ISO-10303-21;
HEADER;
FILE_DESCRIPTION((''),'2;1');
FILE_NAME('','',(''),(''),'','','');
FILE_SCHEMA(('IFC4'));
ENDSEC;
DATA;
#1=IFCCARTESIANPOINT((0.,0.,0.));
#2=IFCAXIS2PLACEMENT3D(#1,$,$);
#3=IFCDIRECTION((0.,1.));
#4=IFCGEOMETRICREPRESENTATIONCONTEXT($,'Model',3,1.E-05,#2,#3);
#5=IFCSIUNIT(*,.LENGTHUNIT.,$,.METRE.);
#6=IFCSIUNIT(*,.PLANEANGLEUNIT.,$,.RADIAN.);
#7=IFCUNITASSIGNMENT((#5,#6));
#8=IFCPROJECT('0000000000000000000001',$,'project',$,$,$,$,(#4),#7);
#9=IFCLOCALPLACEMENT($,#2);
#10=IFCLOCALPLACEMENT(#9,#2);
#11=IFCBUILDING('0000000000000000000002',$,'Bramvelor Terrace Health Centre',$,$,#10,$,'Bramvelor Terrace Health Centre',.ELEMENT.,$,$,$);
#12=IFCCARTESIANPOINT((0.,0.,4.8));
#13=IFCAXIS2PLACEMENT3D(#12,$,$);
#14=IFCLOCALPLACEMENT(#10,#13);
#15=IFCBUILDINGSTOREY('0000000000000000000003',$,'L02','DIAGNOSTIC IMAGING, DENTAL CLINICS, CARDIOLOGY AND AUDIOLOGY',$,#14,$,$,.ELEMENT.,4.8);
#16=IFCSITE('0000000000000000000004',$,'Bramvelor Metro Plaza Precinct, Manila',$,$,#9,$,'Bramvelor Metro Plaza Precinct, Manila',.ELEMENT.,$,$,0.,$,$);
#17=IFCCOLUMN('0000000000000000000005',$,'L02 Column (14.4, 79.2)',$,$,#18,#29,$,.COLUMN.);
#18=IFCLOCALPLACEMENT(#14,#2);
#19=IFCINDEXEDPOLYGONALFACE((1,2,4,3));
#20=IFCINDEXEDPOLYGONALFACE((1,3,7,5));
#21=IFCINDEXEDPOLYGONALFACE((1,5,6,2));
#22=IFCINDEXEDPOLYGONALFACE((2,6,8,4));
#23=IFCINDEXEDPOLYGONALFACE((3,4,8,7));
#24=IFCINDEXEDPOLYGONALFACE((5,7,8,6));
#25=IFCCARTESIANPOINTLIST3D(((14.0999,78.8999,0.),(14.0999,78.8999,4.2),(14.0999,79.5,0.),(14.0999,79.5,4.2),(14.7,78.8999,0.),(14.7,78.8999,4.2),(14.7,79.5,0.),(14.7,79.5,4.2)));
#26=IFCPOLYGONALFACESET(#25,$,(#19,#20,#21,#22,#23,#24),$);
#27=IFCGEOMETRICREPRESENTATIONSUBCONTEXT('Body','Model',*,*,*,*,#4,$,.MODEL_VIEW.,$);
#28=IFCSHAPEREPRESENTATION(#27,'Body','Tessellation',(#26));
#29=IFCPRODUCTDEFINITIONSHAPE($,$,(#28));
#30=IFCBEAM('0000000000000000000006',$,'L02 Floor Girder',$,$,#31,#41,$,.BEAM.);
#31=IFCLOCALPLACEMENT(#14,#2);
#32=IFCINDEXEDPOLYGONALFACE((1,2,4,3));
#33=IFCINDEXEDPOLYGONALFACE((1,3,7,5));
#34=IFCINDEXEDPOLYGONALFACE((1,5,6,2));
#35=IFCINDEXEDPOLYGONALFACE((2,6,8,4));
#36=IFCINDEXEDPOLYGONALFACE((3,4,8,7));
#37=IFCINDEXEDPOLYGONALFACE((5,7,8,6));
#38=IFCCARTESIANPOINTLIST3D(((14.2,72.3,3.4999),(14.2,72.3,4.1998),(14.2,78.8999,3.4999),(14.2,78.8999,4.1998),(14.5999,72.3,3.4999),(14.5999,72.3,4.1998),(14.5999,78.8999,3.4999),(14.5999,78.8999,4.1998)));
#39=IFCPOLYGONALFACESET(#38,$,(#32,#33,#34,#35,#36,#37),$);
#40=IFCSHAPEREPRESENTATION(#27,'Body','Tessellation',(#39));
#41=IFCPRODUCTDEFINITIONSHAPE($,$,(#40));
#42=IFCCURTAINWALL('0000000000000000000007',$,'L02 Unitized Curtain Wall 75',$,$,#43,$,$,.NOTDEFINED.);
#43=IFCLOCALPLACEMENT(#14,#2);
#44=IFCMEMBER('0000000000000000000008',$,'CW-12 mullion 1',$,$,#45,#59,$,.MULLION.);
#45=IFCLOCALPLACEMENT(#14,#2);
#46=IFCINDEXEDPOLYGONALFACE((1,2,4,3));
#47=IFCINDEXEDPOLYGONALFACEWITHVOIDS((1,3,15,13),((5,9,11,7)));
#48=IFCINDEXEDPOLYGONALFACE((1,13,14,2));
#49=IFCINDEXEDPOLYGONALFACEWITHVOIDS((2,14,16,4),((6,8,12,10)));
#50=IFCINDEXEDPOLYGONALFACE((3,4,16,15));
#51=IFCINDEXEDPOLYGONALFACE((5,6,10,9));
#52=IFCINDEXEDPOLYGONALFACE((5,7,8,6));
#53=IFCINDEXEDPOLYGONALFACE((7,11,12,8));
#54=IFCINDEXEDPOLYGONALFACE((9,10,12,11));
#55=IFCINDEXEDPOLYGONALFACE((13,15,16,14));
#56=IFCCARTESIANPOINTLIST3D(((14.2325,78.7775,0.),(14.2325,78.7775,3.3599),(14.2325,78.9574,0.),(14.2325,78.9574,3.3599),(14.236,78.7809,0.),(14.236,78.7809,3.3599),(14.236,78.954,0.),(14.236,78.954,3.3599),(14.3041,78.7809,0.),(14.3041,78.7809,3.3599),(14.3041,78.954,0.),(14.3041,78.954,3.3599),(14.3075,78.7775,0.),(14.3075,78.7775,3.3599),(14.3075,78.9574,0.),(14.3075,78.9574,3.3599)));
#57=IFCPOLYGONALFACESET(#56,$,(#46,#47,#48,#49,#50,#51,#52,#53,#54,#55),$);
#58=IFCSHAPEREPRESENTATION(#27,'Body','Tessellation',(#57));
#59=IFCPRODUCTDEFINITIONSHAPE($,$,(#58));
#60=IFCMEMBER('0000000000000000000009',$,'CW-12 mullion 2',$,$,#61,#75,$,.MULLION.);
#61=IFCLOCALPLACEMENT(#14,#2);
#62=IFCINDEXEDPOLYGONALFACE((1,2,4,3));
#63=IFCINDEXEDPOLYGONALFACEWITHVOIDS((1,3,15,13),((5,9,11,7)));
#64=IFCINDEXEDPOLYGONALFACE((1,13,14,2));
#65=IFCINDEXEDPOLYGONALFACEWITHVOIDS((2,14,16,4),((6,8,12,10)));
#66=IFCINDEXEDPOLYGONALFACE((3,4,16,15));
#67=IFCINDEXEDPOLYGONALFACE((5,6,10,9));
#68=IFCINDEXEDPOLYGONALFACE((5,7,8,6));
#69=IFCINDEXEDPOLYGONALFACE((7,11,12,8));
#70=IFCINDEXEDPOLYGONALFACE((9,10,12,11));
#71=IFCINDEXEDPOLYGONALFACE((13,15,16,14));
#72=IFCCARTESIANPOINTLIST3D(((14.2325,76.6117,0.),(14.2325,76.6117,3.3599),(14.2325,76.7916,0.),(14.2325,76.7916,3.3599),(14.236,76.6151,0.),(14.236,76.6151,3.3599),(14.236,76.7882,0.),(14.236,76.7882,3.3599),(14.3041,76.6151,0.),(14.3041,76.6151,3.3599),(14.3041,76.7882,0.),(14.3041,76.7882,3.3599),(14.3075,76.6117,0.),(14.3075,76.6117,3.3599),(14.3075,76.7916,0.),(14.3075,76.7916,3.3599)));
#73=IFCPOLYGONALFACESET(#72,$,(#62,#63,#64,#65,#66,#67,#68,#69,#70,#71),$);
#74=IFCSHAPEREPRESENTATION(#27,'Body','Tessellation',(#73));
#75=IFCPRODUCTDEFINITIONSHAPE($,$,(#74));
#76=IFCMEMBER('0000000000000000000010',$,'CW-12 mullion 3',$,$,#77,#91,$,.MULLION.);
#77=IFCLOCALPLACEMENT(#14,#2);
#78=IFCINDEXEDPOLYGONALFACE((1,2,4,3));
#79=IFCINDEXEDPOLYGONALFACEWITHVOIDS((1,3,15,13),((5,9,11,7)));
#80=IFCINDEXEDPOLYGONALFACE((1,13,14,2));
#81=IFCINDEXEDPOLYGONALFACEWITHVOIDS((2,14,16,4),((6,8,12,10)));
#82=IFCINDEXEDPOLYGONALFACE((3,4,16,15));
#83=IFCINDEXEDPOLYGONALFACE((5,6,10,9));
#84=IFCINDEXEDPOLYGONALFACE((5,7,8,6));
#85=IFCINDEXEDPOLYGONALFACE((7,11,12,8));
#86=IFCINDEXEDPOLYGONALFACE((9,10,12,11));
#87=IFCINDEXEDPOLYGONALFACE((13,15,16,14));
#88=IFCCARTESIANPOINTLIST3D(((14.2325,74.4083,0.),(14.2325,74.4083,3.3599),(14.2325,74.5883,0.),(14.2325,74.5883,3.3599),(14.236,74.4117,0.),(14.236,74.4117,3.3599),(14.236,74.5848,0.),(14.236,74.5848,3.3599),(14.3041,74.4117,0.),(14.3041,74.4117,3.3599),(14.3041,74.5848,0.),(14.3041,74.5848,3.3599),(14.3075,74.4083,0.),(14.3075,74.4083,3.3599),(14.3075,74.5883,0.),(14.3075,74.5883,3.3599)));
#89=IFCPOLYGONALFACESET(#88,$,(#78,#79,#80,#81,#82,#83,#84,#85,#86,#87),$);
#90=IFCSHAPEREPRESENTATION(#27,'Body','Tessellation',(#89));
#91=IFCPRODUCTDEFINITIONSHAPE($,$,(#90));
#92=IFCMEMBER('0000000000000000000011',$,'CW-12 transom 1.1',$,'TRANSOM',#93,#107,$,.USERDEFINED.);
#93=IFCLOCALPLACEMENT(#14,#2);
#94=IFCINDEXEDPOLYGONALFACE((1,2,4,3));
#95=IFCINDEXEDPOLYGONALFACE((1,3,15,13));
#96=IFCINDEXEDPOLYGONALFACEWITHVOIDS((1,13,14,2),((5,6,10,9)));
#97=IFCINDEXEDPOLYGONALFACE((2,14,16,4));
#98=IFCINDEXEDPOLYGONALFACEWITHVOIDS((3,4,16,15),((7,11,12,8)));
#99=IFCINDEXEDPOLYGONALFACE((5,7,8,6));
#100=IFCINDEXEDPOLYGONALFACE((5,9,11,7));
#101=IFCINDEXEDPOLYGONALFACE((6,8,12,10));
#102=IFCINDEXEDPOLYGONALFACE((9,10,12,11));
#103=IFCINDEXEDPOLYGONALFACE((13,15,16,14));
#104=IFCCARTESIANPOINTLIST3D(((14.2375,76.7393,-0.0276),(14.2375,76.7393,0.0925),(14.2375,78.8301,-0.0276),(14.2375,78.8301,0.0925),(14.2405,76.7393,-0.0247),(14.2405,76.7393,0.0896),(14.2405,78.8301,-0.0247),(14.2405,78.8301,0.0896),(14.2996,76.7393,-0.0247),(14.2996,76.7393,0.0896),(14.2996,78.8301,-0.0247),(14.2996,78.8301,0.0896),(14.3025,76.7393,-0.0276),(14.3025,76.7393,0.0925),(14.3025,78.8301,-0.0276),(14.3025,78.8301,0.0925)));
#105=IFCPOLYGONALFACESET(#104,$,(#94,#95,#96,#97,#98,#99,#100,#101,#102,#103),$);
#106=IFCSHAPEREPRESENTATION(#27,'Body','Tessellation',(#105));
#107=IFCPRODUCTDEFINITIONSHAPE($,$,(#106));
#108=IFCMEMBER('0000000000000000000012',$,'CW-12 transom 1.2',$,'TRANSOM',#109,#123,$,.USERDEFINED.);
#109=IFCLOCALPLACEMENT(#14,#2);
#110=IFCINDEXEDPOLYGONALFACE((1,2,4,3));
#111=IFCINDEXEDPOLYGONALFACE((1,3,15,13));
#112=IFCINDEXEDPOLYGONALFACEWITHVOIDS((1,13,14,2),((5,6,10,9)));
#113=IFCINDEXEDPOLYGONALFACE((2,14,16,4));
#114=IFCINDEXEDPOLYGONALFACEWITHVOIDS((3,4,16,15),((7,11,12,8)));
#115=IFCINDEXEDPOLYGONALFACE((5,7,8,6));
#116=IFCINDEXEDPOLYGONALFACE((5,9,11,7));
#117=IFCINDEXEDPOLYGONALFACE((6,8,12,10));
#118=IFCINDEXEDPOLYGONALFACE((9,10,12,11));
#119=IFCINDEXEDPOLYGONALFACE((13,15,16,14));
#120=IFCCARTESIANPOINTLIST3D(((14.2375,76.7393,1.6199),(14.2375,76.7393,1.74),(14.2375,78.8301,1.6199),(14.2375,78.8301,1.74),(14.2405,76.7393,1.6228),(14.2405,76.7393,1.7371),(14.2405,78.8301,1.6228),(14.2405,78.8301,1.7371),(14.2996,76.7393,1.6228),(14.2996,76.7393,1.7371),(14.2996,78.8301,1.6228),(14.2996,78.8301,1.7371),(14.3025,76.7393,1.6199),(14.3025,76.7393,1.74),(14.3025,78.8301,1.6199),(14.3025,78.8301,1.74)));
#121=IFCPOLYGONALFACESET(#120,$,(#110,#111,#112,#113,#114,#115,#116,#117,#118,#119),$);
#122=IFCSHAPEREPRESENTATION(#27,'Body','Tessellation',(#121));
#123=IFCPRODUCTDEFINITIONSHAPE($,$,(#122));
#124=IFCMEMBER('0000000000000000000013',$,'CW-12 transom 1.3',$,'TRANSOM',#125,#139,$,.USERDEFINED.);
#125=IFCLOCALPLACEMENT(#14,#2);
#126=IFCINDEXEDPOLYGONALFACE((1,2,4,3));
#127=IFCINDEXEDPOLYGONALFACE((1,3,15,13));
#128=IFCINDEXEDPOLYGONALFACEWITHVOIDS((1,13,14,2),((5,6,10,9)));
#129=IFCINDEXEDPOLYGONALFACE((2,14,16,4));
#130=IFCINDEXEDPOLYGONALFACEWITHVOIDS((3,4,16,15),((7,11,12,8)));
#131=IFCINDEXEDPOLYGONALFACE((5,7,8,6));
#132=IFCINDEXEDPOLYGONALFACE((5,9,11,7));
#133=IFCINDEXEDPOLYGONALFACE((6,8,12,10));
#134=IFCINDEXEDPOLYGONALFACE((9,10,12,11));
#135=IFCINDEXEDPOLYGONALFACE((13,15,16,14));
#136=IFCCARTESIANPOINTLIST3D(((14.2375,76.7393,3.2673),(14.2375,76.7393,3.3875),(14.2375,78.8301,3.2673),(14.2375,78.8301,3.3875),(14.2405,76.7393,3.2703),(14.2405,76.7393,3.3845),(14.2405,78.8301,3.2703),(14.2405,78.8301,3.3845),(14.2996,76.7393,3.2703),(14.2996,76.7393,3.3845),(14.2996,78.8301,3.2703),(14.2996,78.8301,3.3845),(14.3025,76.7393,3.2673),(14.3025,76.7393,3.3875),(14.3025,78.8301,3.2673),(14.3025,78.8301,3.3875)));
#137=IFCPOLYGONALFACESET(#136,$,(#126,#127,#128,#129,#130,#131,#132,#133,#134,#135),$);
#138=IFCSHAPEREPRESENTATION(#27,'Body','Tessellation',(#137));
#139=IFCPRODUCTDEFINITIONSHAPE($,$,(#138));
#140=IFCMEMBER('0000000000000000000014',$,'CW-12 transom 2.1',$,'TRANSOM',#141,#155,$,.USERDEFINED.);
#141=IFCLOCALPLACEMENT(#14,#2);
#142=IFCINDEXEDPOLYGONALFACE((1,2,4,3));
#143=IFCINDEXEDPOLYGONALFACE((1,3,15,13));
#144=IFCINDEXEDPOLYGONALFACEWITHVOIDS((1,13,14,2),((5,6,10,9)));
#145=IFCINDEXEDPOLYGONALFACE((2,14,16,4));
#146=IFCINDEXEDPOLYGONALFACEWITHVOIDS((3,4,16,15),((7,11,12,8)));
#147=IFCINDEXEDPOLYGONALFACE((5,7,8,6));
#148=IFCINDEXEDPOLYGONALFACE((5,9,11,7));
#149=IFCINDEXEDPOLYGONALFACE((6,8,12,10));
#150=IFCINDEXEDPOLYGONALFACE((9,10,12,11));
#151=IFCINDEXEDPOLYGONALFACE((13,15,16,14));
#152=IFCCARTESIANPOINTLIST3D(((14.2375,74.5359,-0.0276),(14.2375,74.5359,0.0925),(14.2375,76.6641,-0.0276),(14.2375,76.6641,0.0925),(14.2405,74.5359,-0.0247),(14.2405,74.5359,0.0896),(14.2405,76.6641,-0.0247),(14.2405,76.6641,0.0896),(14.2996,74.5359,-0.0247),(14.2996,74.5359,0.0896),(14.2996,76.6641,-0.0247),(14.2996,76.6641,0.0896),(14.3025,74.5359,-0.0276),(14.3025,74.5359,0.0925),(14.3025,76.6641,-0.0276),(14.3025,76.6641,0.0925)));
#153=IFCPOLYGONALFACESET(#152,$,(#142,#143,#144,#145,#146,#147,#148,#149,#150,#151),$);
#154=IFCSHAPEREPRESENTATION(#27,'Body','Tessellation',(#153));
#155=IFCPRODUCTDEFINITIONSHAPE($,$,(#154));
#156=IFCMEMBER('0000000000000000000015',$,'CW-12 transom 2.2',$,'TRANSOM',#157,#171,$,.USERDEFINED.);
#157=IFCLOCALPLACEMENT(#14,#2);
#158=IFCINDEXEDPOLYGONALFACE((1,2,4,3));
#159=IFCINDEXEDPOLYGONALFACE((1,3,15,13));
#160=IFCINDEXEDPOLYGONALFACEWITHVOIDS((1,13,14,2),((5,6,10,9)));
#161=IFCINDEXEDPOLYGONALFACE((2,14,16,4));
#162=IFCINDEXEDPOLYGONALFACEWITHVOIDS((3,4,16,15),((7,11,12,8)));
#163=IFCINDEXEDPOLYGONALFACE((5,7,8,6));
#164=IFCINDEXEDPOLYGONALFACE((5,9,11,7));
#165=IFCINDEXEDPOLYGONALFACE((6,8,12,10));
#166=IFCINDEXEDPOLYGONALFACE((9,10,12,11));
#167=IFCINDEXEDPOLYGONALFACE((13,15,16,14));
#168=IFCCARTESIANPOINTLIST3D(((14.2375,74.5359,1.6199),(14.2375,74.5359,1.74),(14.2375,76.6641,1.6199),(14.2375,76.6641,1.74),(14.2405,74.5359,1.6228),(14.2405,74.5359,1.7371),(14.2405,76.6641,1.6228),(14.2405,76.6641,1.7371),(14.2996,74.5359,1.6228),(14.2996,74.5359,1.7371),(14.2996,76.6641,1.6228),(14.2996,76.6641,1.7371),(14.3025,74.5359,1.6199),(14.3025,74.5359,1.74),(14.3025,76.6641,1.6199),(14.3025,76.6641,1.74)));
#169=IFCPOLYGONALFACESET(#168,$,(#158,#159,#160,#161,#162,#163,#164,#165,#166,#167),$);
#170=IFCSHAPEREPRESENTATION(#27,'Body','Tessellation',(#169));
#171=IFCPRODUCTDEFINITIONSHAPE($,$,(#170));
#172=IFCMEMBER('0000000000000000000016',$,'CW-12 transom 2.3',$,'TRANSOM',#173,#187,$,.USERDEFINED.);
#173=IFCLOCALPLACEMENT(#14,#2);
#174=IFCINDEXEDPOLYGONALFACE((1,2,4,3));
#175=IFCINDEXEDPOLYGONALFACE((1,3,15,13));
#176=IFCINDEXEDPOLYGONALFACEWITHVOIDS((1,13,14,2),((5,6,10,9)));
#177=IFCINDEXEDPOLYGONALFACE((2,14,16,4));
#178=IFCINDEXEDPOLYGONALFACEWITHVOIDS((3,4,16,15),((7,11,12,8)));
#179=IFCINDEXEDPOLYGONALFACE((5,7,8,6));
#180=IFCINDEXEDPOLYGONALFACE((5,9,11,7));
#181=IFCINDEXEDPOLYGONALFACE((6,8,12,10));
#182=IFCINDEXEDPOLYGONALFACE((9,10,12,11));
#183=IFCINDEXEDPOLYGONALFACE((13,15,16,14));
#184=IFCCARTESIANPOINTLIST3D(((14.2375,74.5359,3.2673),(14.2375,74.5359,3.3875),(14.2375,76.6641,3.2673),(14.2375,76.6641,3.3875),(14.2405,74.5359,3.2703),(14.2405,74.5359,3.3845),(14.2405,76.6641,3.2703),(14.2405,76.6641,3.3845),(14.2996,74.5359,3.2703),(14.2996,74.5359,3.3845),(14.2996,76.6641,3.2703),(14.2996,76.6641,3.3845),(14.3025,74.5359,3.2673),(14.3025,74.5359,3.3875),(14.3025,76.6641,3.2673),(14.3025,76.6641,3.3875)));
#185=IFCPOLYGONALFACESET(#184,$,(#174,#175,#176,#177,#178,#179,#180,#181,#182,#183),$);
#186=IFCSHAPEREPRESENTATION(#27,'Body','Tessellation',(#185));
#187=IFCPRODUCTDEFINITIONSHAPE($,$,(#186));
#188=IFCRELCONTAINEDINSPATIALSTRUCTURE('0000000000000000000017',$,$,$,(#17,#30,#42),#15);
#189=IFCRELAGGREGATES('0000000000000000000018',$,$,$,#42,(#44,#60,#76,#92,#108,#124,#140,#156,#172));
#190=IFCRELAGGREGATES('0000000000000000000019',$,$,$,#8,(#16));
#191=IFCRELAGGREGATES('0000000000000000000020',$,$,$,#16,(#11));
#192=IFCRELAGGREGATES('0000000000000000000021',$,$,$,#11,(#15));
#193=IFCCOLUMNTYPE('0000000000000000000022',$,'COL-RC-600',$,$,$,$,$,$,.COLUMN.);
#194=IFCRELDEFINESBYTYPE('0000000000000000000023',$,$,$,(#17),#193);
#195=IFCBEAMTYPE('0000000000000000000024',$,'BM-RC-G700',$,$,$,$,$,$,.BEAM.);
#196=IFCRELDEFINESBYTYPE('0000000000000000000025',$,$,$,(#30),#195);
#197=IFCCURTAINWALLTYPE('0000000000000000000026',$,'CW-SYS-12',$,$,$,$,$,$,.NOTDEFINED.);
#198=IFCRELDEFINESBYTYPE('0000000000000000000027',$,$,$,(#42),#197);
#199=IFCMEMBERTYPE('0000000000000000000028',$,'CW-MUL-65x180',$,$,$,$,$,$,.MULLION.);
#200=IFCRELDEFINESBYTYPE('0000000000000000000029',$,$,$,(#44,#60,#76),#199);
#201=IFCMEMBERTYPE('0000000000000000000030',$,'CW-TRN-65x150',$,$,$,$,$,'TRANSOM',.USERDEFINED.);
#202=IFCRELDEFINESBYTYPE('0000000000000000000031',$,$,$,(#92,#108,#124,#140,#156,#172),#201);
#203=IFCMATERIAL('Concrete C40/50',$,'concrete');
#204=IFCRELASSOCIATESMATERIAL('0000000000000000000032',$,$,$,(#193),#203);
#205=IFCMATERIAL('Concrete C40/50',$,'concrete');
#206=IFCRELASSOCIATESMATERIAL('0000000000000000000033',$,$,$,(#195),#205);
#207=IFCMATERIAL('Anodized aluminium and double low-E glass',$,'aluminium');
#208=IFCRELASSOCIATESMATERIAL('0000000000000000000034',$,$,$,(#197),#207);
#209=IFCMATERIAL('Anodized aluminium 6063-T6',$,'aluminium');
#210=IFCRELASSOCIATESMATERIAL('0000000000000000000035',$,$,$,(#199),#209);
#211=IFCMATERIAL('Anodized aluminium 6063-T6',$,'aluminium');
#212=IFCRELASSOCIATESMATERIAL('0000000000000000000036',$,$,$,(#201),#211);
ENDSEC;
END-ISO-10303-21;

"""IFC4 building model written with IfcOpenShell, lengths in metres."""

from ifc_helpers import new_model, si_unit, direction, frame, origin, origin_2d, place, context, subcontext, project, spatial, rectangle, hollow_rectangle, extrude, material, material_profile, profile_set, type_object, element, aggregate, save


model = new_model("IFC4")

# Units and contexts
model_context = context("Model", 3, precision=1e-05, world=origin(), true_north=direction((0.0, 1.0)))
body_context = subcontext(model_context, "Body", "Model", "MODEL_VIEW")
ifc_project = project(units=[si_unit("LENGTHUNIT", "METRE"), si_unit("PLANEANGLEUNIT", "RADIAN")], contexts=[model_context])

# Site, building, storey
site_placement = place(None, origin())
site = spatial("IfcSite", under=ifc_project, at=site_placement, Name="Bramvelor Metro Plaza Precinct, Manila", LongName="Bramvelor Metro Plaza Precinct, Manila", CompositionType="ELEMENT", RefElevation=0.0)
building_placement = place(site_placement, origin())
building = spatial("IfcBuilding", under=site, at=building_placement, Name="Bramvelor Terrace Health Centre", LongName="Bramvelor Terrace Health Centre", CompositionType="ELEMENT")
storey_placement = place(building_placement, frame((0.0, 0.0, 4.8)))
storey = spatial("IfcBuildingStorey", under=building, at=storey_placement, Name="L02", Description="DIAGNOSTIC IMAGING, DENTAL CLINICS, CARDIOLOGY AND AUDIOLOGY", CompositionType="ELEMENT", Elevation=4.8)

# Column
ifc_material_1 = material(Name="Concrete C40/50", Category="concrete")
ifc_material_profile_1 = material_profile(ifc_material_1, rectangle(XDim=0.6001, YDim=0.6001, at=origin_2d()), Name="RC 600x600")
ifc_profile_set_1 = profile_set([ifc_material_profile_1], Name="Concrete C40/50")
column_type = type_object("IfcColumnType", Name="COL-RC-600", PredefinedType="COLUMN", material=ifc_profile_set_1)
column_placement = place(storey_placement, frame((14.3999, 79.2, 0.0), z_axis=(0.0, 0.0, 1.0), x_axis=(1.0, 0.0, 0.0)))
element("IfcColumn", 1, at=column_placement, inside=storey, type_object=column_type, Name="L02 Column (14.4, 79.2)", PredefinedType="COLUMN", context=body_context, shape_type="SweptSolid", body=[
    extrude(rectangle(XDim=0.6001, YDim=0.6001, at=origin_2d()), origin(), (0.0, 0.0, 1.0), 4.2),
])

# Beam
ifc_material_2 = material(Name="Concrete C40/50", Category="concrete")
ifc_material_profile_2 = material_profile(ifc_material_2, rectangle(XDim=0.3999, YDim=0.7, at=origin_2d()), Name="RC 400x700")
ifc_profile_set_2 = profile_set([ifc_material_profile_2], Name="Concrete C40/50")
beam_type = type_object("IfcBeamType", Name="BM-RC-G700", PredefinedType="BEAM", material=ifc_profile_set_2)
beam_placement = place(storey_placement, frame((14.3999, 72.3, 3.8499), z_axis=(0.0, 1.0, 0.0), x_axis=(-1.0, 0.0, 0.0)))
element("IfcBeam", 2, at=beam_placement, inside=storey, type_object=beam_type, Name="L02 Floor Girder", PredefinedType="BEAM", context=body_context, shape_type="SweptSolid", body=[
    extrude(rectangle(XDim=0.3999, YDim=0.7, at=origin_2d()), origin(), (0.0, 0.0, 1.0), 6.5999),
])

# Curtain wall, members
ifc_material_3 = material(Name="Anodized aluminium and double low-E glass", Category="aluminium")
curtain_wall_type = type_object("IfcCurtainWallType", Name="CW-SYS-12", PredefinedType="NOTDEFINED", material=ifc_material_3)
curtain_wall_placement = place(storey_placement, origin())
curtain_wall = element("IfcCurtainWall", 3, at=curtain_wall_placement, inside=storey, type_object=curtain_wall_type, Name="L02 Unitized Curtain Wall 75", PredefinedType="NOTDEFINED")
ifc_material_4 = material(Name="Anodized aluminium 6063-T6", Category="aluminium")
ifc_material_profile_3 = material_profile(ifc_material_4, hollow_rectangle(XDim=0.075, YDim=0.1799, WallThickness=0.0034, at=origin_2d()), Name="ALU-MUL 75x180x3.5")
ifc_profile_set_3 = profile_set([ifc_material_profile_3], Name="Anodized aluminium 6063-T6")
member_type_1 = type_object("IfcMemberType", Name="CW-MUL-65x180", PredefinedType="MULLION", material=ifc_profile_set_3)
member_1_placement = place(storey_placement, frame((14.27, 78.8674, 0.0), z_axis=(0.0, 0.0, 1.0), x_axis=(1.0, 0.0, 0.0)))
member_1 = element("IfcMember", 4, at=member_1_placement, type_object=member_type_1, Name="CW-12 mullion 1", PredefinedType="MULLION", context=body_context, shape_type="SweptSolid", body=[
    extrude(hollow_rectangle(XDim=0.075, YDim=0.1799, WallThickness=0.0034, at=origin_2d()), origin(), (0.0, 0.0, 1.0), 3.3599),
])
member_2_placement = place(storey_placement, frame((14.27, 76.7017, 0.0), z_axis=(0.0, 0.0, 1.0), x_axis=(1.0, 0.0, 0.0)))
member_2 = element("IfcMember", 5, at=member_2_placement, type_object=member_type_1, Name="CW-12 mullion 2", PredefinedType="MULLION", context=body_context, shape_type="SweptSolid", body=[
    extrude(hollow_rectangle(XDim=0.075, YDim=0.1799, WallThickness=0.0034, at=origin_2d()), origin(), (0.0, 0.0, 1.0), 3.3599),
])
member_3_placement = place(storey_placement, frame((14.27, 74.4983, 0.0), z_axis=(0.0, 0.0, 1.0), x_axis=(1.0, 0.0, 0.0)))
member_3 = element("IfcMember", 6, at=member_3_placement, type_object=member_type_1, Name="CW-12 mullion 3", PredefinedType="MULLION", context=body_context, shape_type="SweptSolid", body=[
    extrude(hollow_rectangle(XDim=0.075, YDim=0.1799, WallThickness=0.0034, at=origin_2d()), origin(), (0.0, 0.0, 1.0), 3.3599),
])
ifc_material_5 = material(Name="Anodized aluminium 6063-T6", Category="aluminium")
ifc_material_profile_4 = material_profile(ifc_material_5, hollow_rectangle(XDim=0.0649, YDim=0.1201, WallThickness=0.0029, at=origin_2d()), Name="ALU-TRN 65x120x3.0")
ifc_profile_set_4 = profile_set([ifc_material_profile_4], Name="Anodized aluminium 6063-T6")
member_type_2 = type_object("IfcMemberType", Name="CW-TRN-65x150", ElementType="TRANSOM", PredefinedType="USERDEFINED", material=ifc_profile_set_4)
member_4_placement = place(storey_placement, frame((14.27, 78.8301, 0.0325), z_axis=(0.0, -1.0, 0.0), x_axis=(1.0, 0.0, 0.0)))
member_4 = element("IfcMember", 7, at=member_4_placement, type_object=member_type_2, Name="CW-12 transom 1.1", ObjectType="TRANSOM", PredefinedType="USERDEFINED", context=body_context, shape_type="SweptSolid", body=[
    extrude(hollow_rectangle(XDim=0.0649, YDim=0.1201, WallThickness=0.0029, at=origin_2d()), origin(), (0.0, 0.0, 1.0), 2.0908),
])
member_5_placement = place(storey_placement, frame((14.27, 78.8301, 1.6799), z_axis=(0.0, -1.0, 0.0), x_axis=(1.0, 0.0, 0.0)))
member_5 = element("IfcMember", 8, at=member_5_placement, type_object=member_type_2, Name="CW-12 transom 1.2", ObjectType="TRANSOM", PredefinedType="USERDEFINED", context=body_context, shape_type="SweptSolid", body=[
    extrude(hollow_rectangle(XDim=0.0649, YDim=0.1201, WallThickness=0.0029, at=origin_2d()), origin(), (0.0, 0.0, 1.0), 2.0908),
])
member_6_placement = place(storey_placement, frame((14.27, 78.8301, 3.3274), z_axis=(0.0, -1.0, 0.0), x_axis=(1.0, 0.0, 0.0)))
member_6 = element("IfcMember", 9, at=member_6_placement, type_object=member_type_2, Name="CW-12 transom 1.3", ObjectType="TRANSOM", PredefinedType="USERDEFINED", context=body_context, shape_type="SweptSolid", body=[
    extrude(hollow_rectangle(XDim=0.0649, YDim=0.1201, WallThickness=0.0029, at=origin_2d()), origin(), (0.0, 0.0, 1.0), 2.0908),
])
member_7_placement = place(storey_placement, frame((14.27, 76.6641, 0.0325), z_axis=(0.0, -1.0, 0.0), x_axis=(1.0, 0.0, 0.0)))
member_7 = element("IfcMember", 10, at=member_7_placement, type_object=member_type_2, Name="CW-12 transom 2.1", ObjectType="TRANSOM", PredefinedType="USERDEFINED", context=body_context, shape_type="SweptSolid", body=[
    extrude(hollow_rectangle(XDim=0.0649, YDim=0.1201, WallThickness=0.0029, at=origin_2d()), origin(), (0.0, 0.0, 1.0), 2.1282),
])
member_8_placement = place(storey_placement, frame((14.27, 76.6641, 1.6799), z_axis=(0.0, -1.0, 0.0), x_axis=(1.0, 0.0, 0.0)))
member_8 = element("IfcMember", 11, at=member_8_placement, type_object=member_type_2, Name="CW-12 transom 2.2", ObjectType="TRANSOM", PredefinedType="USERDEFINED", context=body_context, shape_type="SweptSolid", body=[
    extrude(hollow_rectangle(XDim=0.0649, YDim=0.1201, WallThickness=0.0029, at=origin_2d()), origin(), (0.0, 0.0, 1.0), 2.1282),
])
member_9_placement = place(storey_placement, frame((14.27, 76.6641, 3.3274), z_axis=(0.0, -1.0, 0.0), x_axis=(1.0, 0.0, 0.0)))
member_9 = element("IfcMember", 12, at=member_9_placement, type_object=member_type_2, Name="CW-12 transom 2.3", ObjectType="TRANSOM", PredefinedType="USERDEFINED", context=body_context, shape_type="SweptSolid", body=[
    extrude(hollow_rectangle(XDim=0.0649, YDim=0.1201, WallThickness=0.0029, at=origin_2d()), origin(), (0.0, 0.0, 1.0), 2.1282),
])
aggregate(curtain_wall, [member_1, member_2, member_3, member_4, member_5, member_6, member_7, member_8, member_9])

save(model, "model.ifc")
